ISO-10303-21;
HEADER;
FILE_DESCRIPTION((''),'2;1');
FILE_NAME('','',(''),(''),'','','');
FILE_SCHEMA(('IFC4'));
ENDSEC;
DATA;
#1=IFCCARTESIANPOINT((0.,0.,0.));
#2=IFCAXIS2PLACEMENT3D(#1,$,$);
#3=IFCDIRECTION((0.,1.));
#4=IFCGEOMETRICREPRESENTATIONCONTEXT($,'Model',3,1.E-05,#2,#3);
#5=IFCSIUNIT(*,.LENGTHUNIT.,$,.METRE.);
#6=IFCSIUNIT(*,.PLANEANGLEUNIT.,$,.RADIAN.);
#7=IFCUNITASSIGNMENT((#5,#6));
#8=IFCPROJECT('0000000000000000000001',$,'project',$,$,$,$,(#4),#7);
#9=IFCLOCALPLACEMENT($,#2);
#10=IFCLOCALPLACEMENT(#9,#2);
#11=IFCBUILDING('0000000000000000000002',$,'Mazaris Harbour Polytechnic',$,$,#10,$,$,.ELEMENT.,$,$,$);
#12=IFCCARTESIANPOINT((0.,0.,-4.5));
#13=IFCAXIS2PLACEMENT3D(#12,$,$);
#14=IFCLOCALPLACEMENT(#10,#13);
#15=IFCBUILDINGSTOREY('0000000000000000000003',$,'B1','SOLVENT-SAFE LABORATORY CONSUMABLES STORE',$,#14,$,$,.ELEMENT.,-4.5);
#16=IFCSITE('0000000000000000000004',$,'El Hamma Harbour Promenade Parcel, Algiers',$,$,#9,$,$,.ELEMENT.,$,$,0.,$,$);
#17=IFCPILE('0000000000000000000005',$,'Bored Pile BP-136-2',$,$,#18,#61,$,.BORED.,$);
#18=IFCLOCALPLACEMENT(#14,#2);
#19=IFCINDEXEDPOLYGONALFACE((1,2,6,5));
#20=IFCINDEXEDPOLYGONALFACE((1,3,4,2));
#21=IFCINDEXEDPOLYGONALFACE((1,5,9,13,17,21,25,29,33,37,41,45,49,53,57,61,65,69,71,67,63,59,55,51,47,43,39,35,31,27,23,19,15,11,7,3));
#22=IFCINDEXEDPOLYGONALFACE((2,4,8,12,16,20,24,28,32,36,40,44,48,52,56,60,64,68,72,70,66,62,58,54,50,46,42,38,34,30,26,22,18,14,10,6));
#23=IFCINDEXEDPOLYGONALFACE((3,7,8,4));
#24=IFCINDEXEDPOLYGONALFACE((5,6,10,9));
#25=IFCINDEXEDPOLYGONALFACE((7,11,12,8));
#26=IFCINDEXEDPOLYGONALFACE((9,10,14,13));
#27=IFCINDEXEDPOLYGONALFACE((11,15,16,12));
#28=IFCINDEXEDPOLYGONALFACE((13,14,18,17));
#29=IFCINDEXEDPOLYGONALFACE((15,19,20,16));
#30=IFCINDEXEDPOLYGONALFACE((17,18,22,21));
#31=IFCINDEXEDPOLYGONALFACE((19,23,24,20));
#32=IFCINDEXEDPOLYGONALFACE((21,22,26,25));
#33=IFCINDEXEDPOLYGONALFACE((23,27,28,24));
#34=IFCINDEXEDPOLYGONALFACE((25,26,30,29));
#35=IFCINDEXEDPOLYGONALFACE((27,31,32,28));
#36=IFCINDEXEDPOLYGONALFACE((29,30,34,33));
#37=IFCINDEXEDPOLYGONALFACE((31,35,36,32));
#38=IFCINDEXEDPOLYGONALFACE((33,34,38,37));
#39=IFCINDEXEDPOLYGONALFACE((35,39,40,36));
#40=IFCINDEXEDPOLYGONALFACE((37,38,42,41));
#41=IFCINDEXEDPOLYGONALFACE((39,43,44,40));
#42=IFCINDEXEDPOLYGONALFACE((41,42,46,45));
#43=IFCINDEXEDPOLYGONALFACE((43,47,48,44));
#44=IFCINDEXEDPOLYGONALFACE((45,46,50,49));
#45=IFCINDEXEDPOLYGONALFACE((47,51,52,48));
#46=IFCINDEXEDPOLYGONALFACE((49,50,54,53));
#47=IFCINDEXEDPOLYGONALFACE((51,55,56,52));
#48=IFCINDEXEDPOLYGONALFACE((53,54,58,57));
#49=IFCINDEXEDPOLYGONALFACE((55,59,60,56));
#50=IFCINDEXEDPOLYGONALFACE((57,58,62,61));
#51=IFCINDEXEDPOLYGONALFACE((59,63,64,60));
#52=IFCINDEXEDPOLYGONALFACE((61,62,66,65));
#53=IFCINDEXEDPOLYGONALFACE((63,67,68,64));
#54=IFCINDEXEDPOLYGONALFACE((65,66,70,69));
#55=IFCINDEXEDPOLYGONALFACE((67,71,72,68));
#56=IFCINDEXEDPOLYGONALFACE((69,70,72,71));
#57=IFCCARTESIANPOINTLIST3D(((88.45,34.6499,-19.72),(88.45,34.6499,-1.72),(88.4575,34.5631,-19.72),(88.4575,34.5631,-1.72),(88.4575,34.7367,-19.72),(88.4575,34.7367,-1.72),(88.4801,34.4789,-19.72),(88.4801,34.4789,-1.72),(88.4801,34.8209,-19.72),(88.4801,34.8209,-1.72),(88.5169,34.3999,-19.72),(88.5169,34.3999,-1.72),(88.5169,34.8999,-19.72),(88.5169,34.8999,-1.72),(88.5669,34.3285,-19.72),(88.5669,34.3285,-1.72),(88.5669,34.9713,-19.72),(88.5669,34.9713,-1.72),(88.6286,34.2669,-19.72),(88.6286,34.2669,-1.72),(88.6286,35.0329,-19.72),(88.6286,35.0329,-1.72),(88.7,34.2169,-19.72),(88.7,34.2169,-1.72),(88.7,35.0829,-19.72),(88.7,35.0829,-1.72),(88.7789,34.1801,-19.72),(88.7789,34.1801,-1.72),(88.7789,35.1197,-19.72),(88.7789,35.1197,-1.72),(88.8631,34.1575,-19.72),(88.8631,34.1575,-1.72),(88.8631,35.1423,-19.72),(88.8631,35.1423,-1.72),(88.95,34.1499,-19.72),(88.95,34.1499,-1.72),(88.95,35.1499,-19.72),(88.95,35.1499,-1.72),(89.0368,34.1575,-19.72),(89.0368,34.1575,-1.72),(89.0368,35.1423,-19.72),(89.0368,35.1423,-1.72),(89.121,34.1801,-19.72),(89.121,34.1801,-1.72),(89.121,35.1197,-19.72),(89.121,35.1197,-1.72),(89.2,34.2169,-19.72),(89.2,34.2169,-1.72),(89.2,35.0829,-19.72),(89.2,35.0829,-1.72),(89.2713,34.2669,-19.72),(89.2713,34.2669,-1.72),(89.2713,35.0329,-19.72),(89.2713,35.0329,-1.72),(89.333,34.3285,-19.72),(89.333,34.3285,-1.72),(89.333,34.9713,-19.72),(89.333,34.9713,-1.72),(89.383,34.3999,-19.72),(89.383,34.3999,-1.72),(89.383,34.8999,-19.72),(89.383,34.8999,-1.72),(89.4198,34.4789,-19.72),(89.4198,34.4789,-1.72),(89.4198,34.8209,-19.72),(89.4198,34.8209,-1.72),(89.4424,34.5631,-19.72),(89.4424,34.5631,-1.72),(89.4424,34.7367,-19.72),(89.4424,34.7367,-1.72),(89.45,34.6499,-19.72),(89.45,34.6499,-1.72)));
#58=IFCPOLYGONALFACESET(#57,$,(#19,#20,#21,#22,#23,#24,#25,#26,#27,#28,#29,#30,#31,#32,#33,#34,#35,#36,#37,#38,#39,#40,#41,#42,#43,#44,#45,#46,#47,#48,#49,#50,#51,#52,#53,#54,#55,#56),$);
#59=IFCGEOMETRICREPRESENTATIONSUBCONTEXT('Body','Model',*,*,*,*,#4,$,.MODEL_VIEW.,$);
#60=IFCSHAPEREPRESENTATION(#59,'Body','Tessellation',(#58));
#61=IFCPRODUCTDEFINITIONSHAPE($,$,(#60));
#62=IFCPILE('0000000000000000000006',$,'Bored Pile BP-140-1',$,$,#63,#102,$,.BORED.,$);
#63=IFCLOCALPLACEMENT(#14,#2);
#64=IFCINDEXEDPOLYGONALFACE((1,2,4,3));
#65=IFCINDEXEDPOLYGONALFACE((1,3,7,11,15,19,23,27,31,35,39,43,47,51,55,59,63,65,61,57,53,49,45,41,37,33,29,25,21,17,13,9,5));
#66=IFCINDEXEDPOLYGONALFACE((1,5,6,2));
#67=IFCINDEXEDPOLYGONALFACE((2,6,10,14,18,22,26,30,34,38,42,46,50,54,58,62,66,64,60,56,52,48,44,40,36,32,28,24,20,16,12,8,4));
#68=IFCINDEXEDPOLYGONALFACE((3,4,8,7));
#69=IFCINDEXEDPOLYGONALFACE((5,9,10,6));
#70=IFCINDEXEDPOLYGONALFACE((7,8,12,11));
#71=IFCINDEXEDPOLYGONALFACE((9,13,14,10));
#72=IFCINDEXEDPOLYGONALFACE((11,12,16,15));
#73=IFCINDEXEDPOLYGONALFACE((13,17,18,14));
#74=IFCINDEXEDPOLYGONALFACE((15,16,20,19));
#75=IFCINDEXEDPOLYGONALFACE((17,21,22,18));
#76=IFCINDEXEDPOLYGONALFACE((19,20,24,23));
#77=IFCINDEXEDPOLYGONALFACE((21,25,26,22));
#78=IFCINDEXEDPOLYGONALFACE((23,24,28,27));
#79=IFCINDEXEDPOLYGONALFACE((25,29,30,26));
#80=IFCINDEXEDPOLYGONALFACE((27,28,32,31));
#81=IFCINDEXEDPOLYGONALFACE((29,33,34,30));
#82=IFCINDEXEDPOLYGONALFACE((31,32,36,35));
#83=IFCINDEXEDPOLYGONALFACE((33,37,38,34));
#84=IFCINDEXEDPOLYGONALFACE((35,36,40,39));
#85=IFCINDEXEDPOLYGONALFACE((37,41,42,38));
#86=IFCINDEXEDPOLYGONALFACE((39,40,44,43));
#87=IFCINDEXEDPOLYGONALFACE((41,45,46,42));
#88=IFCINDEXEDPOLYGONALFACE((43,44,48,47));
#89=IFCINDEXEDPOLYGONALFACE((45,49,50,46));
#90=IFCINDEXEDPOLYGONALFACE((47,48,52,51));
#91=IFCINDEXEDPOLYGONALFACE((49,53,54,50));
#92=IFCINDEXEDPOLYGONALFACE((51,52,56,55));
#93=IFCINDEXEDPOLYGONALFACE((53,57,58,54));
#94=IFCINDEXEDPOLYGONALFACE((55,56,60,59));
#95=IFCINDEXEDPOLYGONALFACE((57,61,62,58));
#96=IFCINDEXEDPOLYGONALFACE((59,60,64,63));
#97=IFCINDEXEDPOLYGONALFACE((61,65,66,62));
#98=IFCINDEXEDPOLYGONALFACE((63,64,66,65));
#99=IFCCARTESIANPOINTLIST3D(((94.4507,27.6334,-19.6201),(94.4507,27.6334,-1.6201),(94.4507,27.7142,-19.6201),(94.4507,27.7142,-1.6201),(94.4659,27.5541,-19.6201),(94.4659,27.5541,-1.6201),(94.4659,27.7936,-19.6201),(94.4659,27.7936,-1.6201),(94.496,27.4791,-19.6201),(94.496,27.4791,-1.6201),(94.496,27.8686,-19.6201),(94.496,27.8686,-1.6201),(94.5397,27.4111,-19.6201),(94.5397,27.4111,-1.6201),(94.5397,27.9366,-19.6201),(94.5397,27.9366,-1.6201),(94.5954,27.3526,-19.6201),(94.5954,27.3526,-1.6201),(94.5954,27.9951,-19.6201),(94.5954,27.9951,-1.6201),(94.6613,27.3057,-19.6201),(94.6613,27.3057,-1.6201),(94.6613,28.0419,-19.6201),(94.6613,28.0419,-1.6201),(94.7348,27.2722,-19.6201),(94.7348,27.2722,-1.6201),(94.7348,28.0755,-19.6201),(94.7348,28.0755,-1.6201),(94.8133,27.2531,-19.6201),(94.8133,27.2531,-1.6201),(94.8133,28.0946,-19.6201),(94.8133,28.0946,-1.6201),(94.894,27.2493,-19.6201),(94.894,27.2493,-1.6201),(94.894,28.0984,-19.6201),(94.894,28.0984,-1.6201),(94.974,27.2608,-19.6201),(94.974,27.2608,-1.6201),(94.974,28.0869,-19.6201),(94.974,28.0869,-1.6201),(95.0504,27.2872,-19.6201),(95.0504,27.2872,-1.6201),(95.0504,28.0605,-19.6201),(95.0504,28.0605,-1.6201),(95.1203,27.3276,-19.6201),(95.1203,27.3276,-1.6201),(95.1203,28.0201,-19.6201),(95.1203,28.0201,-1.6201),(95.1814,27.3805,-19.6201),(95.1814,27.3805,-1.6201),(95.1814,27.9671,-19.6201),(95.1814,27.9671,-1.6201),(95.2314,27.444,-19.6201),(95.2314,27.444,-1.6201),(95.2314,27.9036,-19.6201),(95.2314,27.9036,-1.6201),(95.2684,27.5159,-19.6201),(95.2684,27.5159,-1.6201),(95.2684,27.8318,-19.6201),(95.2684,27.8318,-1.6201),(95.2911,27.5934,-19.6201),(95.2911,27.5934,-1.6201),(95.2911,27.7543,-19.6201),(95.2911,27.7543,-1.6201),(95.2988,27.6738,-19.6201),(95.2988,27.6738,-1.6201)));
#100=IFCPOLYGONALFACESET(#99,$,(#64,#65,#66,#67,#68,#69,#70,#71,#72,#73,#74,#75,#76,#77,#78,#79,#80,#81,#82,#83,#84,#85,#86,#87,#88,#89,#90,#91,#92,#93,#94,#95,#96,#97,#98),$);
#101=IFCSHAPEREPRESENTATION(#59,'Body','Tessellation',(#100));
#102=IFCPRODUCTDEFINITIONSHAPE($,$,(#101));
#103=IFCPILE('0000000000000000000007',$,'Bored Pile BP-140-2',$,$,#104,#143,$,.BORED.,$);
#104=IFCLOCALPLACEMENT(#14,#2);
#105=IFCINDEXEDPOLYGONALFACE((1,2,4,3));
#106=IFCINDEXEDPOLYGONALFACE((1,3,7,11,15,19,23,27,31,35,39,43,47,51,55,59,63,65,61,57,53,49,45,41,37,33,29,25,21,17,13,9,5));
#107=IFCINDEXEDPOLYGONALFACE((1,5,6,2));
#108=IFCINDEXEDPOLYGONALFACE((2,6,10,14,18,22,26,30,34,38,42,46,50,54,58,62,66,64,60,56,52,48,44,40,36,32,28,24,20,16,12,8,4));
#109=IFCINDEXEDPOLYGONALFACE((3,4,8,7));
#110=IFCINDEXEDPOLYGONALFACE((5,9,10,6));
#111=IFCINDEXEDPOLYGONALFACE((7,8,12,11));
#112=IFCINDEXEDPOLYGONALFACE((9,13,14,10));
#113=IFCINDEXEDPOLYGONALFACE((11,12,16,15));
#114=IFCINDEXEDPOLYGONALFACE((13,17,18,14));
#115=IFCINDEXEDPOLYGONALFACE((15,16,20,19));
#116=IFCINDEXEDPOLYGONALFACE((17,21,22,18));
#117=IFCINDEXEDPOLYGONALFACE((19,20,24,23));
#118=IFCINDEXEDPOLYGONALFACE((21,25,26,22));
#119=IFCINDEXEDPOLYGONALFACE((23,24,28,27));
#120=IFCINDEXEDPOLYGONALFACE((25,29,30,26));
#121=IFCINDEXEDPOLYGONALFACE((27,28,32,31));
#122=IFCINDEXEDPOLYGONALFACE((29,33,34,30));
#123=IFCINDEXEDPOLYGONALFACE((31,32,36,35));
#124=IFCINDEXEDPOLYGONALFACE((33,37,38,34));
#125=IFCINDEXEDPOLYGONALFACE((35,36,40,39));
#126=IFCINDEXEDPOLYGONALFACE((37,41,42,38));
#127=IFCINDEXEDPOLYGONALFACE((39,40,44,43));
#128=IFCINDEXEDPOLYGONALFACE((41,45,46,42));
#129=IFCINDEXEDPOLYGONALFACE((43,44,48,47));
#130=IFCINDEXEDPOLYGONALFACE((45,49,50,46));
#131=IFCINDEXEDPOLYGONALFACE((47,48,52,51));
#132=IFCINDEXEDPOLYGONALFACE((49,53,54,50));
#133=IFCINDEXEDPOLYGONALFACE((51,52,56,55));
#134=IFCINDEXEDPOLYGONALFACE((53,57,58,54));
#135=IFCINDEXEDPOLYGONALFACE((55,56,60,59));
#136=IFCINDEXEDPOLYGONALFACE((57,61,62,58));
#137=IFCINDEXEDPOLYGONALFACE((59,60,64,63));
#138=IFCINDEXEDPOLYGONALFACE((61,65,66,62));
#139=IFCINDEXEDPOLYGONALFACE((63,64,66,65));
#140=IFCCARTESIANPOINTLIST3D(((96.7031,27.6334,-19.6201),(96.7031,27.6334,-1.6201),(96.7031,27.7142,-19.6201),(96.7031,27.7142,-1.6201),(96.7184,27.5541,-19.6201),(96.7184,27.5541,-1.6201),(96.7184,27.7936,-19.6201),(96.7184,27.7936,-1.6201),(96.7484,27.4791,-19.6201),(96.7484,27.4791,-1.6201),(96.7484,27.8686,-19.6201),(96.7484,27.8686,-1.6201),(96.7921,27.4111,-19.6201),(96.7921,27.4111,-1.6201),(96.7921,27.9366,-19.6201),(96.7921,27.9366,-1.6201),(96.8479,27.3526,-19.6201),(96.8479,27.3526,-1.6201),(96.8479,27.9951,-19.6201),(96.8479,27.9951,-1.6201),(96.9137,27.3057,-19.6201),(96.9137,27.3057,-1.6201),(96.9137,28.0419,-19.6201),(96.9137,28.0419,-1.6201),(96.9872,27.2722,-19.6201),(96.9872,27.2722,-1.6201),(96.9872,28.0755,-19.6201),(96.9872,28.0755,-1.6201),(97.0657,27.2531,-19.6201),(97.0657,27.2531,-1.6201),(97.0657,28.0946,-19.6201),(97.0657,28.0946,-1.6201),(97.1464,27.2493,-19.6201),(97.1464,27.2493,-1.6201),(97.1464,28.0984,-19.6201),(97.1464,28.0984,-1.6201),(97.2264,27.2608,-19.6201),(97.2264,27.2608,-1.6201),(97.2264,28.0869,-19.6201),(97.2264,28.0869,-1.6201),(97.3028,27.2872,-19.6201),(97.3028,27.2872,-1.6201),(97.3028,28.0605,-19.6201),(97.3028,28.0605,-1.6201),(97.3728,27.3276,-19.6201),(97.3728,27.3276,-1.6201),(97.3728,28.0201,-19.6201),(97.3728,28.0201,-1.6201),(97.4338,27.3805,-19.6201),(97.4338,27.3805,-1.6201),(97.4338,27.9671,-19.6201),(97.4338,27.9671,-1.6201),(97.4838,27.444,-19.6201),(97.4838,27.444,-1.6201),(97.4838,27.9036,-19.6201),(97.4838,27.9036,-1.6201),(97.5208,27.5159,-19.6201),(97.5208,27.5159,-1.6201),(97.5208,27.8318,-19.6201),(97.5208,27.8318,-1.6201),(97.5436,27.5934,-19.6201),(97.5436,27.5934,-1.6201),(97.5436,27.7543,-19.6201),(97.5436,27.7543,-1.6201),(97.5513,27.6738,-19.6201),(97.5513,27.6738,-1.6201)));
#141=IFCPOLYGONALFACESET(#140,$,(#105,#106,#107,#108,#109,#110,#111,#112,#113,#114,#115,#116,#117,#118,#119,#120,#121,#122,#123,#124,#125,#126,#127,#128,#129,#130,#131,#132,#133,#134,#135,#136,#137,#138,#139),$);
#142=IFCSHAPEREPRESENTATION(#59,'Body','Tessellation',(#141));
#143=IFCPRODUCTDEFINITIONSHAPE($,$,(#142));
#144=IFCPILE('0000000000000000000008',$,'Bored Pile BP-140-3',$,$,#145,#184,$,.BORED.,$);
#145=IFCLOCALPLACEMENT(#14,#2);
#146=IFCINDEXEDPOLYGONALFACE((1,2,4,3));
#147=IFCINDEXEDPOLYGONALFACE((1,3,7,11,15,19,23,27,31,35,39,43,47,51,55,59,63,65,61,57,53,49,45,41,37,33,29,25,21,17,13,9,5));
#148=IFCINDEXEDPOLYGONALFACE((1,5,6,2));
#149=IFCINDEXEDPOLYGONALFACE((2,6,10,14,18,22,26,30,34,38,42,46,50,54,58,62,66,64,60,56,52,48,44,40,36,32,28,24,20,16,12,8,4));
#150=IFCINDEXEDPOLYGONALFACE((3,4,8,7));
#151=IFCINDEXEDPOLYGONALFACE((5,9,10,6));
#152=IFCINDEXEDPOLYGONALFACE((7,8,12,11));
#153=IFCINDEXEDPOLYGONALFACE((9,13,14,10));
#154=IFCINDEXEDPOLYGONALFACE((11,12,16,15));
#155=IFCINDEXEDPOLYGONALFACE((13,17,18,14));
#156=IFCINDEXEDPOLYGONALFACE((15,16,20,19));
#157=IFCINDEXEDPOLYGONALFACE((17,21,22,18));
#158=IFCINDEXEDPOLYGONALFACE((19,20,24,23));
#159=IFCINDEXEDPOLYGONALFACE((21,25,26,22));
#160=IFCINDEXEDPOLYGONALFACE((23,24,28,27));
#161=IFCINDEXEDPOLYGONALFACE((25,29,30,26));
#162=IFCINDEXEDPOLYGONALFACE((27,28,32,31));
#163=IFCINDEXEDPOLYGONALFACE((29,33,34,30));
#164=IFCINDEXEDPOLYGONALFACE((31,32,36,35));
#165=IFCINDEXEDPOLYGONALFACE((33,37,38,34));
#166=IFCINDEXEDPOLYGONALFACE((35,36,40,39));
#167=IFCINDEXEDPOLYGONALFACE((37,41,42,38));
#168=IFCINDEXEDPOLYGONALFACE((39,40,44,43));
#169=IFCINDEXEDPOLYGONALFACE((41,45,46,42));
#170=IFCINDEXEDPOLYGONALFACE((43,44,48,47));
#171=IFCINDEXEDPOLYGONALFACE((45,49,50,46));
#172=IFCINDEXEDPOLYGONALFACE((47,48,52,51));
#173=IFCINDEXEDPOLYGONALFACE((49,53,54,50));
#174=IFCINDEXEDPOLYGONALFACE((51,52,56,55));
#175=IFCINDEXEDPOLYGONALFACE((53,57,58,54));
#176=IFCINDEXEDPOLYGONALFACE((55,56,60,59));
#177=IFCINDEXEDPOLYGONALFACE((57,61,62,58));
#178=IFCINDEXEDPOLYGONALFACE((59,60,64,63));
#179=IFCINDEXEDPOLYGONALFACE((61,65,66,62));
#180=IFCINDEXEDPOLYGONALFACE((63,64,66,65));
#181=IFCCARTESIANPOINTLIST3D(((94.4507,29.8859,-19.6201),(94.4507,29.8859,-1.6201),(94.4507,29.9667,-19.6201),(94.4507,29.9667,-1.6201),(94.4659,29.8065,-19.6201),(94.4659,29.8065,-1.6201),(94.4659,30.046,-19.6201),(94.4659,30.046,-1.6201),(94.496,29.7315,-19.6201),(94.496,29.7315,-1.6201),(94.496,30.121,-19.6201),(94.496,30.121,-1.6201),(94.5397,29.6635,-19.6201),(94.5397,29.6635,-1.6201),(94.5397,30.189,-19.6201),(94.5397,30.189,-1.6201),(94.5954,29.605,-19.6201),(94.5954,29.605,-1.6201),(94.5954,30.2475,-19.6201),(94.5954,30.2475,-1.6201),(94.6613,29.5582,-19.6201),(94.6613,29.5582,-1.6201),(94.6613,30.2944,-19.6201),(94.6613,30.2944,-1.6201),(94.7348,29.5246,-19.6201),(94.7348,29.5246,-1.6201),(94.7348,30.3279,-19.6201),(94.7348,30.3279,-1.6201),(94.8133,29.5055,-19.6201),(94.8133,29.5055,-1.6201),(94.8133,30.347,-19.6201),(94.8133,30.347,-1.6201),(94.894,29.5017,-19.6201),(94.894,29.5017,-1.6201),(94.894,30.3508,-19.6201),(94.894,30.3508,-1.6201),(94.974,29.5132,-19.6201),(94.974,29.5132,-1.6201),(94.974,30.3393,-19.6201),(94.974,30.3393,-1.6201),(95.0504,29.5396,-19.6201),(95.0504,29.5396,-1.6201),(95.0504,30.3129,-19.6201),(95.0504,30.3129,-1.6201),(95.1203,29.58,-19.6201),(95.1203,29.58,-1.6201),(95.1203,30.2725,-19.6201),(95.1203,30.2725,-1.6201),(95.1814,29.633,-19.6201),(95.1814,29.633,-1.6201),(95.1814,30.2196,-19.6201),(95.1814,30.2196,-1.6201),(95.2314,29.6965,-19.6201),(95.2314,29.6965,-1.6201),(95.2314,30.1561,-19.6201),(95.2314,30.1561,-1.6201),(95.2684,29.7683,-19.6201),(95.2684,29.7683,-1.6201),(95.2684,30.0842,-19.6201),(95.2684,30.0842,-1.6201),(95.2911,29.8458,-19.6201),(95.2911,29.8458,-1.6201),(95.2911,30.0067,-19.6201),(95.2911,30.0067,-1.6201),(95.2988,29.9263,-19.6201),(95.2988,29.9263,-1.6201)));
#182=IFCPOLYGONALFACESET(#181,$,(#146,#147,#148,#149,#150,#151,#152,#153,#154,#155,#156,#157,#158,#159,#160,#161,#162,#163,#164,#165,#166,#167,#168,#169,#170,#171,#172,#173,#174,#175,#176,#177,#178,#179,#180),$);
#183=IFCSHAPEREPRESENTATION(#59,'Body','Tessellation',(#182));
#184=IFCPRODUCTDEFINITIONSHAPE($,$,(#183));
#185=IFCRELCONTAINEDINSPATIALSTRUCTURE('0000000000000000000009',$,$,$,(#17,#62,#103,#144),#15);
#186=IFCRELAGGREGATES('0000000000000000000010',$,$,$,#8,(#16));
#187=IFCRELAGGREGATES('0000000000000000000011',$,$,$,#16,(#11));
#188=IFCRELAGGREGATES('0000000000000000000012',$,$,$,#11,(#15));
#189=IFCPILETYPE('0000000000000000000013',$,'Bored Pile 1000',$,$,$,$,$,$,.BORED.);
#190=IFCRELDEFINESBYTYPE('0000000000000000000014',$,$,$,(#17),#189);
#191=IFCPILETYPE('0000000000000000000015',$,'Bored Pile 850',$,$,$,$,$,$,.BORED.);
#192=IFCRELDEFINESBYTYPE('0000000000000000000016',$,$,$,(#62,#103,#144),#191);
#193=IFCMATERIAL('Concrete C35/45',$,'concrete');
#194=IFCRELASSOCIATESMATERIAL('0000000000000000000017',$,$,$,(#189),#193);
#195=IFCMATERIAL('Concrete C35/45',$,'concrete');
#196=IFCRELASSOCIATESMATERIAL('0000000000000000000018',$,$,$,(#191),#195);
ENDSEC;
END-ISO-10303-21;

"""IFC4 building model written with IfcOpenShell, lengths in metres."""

from ifc_helpers import new_model, si_unit, direction, frame, origin, origin_2d, place, context, subcontext, project, spatial, circle, extrude, material, material_profile, profile_set, type_object, element, save


model = new_model("IFC4")

# Units and contexts
model_context = context("Model", 3, precision=1e-05, world=origin(), true_north=direction((0.0, 1.0)))
body_context = subcontext(model_context, "Body", "Model", "MODEL_VIEW")
ifc_project = project(units=[si_unit("LENGTHUNIT", "METRE"), si_unit("PLANEANGLEUNIT", "RADIAN")], contexts=[model_context])

# Site, building, storey
site_placement = place(None, origin())
site = spatial("IfcSite", under=ifc_project, at=site_placement, Name="El Hamma Harbour Promenade Parcel, Algiers", CompositionType="ELEMENT", RefElevation=0.0)
building_placement = place(site_placement, origin())
building = spatial("IfcBuilding", under=site, at=building_placement, Name="Mazaris Harbour Polytechnic", CompositionType="ELEMENT")
storey_placement = place(building_placement, frame((0.0, 0.0, -4.5)))
storey = spatial("IfcBuildingStorey", under=building, at=storey_placement, Name="B1", Description="SOLVENT-SAFE LABORATORY CONSUMABLES STORE", CompositionType="ELEMENT", Elevation=-4.5)

# Piles
ifc_material_1 = material(Name="Concrete C35/45", Category="concrete")
ifc_material_profile_1 = material_profile(ifc_material_1, circle(Radius=0.5, at=origin_2d()), Name="DIA1000")
ifc_profile_set_1 = profile_set([ifc_material_profile_1], Name="Concrete C35/45")
pile_type_1 = type_object("IfcPileType", Name="Bored Pile 1000", PredefinedType="BORED", material=ifc_profile_set_1)
pile_placement = place(storey_placement, frame((88.95, 34.6499, -1.72), z_axis=(0.0, 0.0, -1.0), x_axis=(1.0, 0.0, 0.0)))
element("IfcPile", 1, at=pile_placement, inside=storey, type_object=pile_type_1, Name="Bored Pile BP-136-2", PredefinedType="BORED", context=body_context, shape_type="SweptSolid", body=[
    extrude(circle(Radius=0.5, at=origin_2d()), origin(), (0.0, 0.0, 1.0), 18.0),
])
ifc_material_2 = material(Name="Concrete C35/45", Category="concrete")
ifc_material_profile_2 = material_profile(ifc_material_2, circle(Radius=0.425, at=origin_2d()), Name="DIA850")
ifc_profile_set_2 = profile_set([ifc_material_profile_2], Name="Concrete C35/45")
pile_type_2 = type_object("IfcPileType", Name="Bored Pile 850", PredefinedType="BORED", material=ifc_profile_set_2)
for number, where, z_axis, x_axis, name in (
    (2, (94.8738, 27.6738, -1.6201), (0.0, 0.0, -1.0), (1.0, 0.0, 0.0), "Bored Pile BP-140-1"),
    (3, (97.1262, 27.6738, -1.6201), (0.0, 0.0, -1.0), (1.0, 0.0, 0.0), "Bored Pile BP-140-2"),
    (4, (94.8738, 29.9263, -1.6201), (0.0, 0.0, -1.0), (1.0, 0.0, 0.0), "Bored Pile BP-140-3"),
):
    element("IfcPile", number, at=place(storey_placement, frame(where, z_axis=z_axis, x_axis=x_axis)), inside=storey, type_object=pile_type_2, Name=name, PredefinedType="BORED", context=body_context, shape_type="SweptSolid", body=[
        extrude(circle(Radius=0.425, at=origin_2d()), origin(), (0.0, 0.0, 1.0), 18.0),
    ])

save(model, "model.ifc")
